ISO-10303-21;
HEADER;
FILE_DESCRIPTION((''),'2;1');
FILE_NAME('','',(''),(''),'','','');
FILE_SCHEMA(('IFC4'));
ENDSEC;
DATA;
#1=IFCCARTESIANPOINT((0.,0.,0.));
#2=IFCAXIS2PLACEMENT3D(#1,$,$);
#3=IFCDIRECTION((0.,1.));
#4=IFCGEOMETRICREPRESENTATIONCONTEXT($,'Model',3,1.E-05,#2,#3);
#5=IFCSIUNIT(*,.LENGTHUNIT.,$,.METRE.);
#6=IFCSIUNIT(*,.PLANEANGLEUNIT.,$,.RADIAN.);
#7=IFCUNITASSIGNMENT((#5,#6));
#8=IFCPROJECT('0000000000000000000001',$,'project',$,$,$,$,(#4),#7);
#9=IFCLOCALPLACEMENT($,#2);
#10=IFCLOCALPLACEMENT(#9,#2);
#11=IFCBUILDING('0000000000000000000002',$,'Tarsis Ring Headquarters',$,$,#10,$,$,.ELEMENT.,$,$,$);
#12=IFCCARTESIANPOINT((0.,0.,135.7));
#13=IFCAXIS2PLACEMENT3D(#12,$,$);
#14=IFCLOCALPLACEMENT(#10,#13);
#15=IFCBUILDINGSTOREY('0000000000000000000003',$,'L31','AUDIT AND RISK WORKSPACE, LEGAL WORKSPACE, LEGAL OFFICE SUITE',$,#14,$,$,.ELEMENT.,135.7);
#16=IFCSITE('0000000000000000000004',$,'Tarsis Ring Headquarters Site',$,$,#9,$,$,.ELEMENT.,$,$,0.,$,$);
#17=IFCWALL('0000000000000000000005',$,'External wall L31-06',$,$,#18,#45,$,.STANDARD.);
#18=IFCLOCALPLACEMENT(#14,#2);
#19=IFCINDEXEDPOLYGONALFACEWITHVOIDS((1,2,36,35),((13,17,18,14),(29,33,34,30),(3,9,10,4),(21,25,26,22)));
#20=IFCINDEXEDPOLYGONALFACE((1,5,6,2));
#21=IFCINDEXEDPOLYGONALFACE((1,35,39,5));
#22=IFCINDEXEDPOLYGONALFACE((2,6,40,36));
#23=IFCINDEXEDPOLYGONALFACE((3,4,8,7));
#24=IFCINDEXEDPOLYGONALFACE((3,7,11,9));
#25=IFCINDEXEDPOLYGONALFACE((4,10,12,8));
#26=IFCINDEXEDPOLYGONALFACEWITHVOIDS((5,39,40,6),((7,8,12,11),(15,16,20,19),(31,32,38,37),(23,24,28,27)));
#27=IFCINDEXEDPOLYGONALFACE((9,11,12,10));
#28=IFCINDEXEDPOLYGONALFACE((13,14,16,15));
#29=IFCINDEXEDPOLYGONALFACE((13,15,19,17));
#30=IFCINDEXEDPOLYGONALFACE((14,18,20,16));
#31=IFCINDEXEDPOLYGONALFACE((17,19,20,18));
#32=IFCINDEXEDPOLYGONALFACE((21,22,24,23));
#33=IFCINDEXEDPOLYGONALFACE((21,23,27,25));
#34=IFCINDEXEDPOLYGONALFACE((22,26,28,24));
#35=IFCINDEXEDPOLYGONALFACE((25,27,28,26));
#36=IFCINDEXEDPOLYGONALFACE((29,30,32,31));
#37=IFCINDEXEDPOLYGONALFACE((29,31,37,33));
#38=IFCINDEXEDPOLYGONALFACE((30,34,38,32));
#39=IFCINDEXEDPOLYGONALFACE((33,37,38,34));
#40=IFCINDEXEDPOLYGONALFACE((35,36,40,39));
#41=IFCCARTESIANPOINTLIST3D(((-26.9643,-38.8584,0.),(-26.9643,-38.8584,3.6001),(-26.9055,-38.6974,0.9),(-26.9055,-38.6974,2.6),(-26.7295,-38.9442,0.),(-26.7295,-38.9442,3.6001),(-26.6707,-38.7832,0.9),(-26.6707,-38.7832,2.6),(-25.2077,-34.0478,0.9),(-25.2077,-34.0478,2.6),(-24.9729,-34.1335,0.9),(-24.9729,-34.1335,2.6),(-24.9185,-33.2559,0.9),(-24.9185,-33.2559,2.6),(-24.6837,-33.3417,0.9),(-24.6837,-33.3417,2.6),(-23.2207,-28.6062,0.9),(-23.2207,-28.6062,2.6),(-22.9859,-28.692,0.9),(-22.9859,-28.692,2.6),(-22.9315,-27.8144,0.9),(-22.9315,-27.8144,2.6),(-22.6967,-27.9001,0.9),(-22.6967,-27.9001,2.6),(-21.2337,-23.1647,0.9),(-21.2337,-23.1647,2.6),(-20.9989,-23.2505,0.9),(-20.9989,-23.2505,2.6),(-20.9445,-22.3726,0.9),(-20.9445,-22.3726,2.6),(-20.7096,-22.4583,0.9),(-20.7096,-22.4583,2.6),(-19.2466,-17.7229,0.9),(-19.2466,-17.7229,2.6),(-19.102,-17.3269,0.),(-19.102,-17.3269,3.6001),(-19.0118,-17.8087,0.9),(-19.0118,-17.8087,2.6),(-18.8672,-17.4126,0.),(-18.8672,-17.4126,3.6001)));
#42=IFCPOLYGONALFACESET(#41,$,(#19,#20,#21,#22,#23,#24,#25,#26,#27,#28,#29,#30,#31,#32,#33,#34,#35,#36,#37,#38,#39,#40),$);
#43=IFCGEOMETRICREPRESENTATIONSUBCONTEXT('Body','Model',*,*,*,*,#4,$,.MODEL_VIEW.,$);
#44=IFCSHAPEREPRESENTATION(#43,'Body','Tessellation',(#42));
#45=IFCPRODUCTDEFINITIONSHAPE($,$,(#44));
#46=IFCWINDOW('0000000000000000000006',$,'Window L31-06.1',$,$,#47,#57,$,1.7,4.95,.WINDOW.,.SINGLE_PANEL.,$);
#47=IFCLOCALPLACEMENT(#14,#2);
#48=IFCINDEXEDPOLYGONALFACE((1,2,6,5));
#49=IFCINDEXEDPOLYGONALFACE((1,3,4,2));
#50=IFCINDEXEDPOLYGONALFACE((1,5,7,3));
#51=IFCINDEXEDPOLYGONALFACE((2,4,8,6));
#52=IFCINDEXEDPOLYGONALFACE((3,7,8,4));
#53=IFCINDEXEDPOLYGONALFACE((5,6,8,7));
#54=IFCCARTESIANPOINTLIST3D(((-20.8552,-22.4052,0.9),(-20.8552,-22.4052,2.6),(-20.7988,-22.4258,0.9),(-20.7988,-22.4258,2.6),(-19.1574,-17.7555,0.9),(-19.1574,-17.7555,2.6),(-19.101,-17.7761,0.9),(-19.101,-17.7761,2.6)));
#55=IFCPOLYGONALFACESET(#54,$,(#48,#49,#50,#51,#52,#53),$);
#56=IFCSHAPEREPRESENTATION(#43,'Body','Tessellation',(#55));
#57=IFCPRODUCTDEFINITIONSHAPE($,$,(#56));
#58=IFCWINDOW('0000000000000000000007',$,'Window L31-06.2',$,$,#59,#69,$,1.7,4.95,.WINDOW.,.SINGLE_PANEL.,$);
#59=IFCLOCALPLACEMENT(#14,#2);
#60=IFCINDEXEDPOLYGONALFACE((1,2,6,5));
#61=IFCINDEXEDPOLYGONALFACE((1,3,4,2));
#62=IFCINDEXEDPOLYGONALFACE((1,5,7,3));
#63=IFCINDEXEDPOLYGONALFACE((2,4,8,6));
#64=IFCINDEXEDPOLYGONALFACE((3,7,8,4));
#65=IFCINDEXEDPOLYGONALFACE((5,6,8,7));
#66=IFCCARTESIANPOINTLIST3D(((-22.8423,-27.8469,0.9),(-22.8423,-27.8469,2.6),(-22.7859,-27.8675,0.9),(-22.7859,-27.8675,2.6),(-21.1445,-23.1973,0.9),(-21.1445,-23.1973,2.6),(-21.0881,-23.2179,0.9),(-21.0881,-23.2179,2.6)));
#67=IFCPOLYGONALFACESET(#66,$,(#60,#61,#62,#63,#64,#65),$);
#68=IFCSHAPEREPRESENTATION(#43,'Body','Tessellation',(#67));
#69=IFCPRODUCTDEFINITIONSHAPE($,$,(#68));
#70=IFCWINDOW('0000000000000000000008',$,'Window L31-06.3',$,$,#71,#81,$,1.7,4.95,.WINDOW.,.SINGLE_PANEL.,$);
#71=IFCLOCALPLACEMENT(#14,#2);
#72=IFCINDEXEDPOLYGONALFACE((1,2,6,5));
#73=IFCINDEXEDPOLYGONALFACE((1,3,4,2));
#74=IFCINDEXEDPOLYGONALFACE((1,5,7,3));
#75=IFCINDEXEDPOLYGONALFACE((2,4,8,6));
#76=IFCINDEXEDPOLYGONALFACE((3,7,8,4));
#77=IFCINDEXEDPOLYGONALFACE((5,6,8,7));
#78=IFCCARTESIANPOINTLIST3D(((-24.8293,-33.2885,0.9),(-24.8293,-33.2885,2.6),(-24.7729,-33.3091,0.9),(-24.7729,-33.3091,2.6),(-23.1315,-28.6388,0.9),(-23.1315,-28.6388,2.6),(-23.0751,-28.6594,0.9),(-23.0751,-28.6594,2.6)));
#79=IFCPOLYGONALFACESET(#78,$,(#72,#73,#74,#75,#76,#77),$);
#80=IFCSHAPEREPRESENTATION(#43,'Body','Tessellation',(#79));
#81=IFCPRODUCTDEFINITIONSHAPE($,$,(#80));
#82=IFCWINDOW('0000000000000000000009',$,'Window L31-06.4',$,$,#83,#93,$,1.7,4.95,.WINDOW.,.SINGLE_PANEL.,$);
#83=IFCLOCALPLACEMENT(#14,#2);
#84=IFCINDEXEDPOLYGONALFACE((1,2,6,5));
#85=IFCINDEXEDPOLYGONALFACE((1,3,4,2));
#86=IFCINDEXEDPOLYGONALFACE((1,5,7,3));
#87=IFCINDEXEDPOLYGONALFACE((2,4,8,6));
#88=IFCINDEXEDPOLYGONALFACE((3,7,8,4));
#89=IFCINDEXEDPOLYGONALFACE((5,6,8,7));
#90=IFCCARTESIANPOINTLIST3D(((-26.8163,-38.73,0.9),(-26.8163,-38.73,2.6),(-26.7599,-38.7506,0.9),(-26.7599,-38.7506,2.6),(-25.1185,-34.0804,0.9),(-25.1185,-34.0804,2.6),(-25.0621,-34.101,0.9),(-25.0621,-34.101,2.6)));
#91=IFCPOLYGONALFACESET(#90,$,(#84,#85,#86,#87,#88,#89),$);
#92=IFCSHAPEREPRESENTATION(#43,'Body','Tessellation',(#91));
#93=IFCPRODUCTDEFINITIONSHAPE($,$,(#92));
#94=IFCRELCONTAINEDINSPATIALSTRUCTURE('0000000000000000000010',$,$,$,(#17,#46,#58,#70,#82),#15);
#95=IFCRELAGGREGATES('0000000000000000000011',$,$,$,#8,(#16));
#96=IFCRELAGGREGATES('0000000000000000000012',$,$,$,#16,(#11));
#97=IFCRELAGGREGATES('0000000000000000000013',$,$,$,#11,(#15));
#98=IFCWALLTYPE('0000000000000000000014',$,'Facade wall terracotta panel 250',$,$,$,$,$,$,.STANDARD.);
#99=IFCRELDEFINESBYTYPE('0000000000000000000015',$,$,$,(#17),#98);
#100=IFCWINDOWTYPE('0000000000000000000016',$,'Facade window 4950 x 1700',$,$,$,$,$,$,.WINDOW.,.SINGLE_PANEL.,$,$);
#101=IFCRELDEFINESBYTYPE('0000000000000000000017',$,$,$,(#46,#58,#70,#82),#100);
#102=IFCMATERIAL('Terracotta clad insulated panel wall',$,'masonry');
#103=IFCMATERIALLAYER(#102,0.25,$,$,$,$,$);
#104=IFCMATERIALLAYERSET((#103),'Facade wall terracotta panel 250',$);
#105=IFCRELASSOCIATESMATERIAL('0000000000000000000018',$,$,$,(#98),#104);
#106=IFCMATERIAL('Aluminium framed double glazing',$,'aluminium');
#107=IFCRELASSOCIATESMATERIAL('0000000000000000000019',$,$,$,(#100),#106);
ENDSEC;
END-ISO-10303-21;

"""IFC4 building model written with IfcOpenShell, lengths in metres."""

from ifc_helpers import new_model, si_unit, direction, frame, frame_2d, origin, place, context, subcontext, project, spatial, rectangle, extrude, material, layer, layer_set, type_object, element, fill, save


model = new_model("IFC4")

# Units and contexts
model_context = context("Model", 3, precision=1e-05, world=origin(), true_north=direction((0.0, 1.0)))
body_context = subcontext(model_context, "Body", "Model", "MODEL_VIEW")
ifc_project = project(units=[si_unit("LENGTHUNIT", "METRE"), si_unit("PLANEANGLEUNIT", "RADIAN")], contexts=[model_context])

# Site, building, storey
site_placement = place(None, origin())
site = spatial("IfcSite", under=ifc_project, at=site_placement, Name="Tarsis Ring Headquarters Site", CompositionType="ELEMENT", RefElevation=0.0)
building_placement = place(site_placement, origin())
building = spatial("IfcBuilding", under=site, at=building_placement, Name="Tarsis Ring Headquarters", CompositionType="ELEMENT")
storey_placement = place(building_placement, frame((0.0, 0.0, 135.7)))
storey = spatial("IfcBuildingStorey", under=building, at=storey_placement, Name="L31", Description="AUDIT AND RISK WORKSPACE, LEGAL WORKSPACE, LEGAL OFFICE SUITE", CompositionType="ELEMENT", Elevation=135.7)

# Shared definitions
ifc_material_1 = material(Name="Terracotta clad insulated panel wall", Category="masonry")
ifc_layer_1 = layer(ifc_material_1, 0.25)
ifc_layer_set_1 = layer_set([ifc_layer_1], Name="Facade wall terracotta panel 250")
wall_type_1 = type_object("IfcWallType", Name="Facade wall terracotta panel 250", PredefinedType="STANDARD", material=ifc_layer_set_1)
ifc_material_2 = material(Name="Aluminium framed double glazing", Category="aluminium")

# Wall, openings, windows
wall_1_placement = place(storey_placement, frame((-18.9846, -17.3699, 0.0), z_axis=(0.0, 0.0, 1.0), x_axis=(-0.343002, -0.939335, 0.0)))
wall_1 = element("IfcWall", 1, at=wall_1_placement, inside=storey, type_object=wall_type_1, Name="External wall L31-06", PredefinedType="STANDARD", context=body_context, shape_type="SweptSolid", body=[
    extrude(rectangle(XDim=22.9221, YDim=0.25, at=frame_2d((11.4609, 0.0))), origin(), (0.0, 0.0, 1.0), 3.6001),
])
opening_1_placement = place(wall_1_placement, frame((0.4214, 0.0, 0.8999)))
opening_1 = element("IfcOpeningElement", 2, at=opening_1_placement, cuts=wall_1, PredefinedType="OPENING", context=body_context, shape_type="SweptSolid", body=[
    extrude(rectangle(XDim=4.95, YDim=1.7, at=frame_2d((2.4751, 0.8501))), frame((0.0, 0.135, 0.0), z_axis=(0.0, -1.0, 0.0), x_axis=(1.0, 0.0, 0.0)), (0.0, 0.0, 1.0), 0.27),
])
opening_2_placement = place(wall_1_placement, frame((6.2146, 0.0, 0.8999)))
opening_2 = element("IfcOpeningElement", 3, at=opening_2_placement, cuts=wall_1, PredefinedType="OPENING", context=body_context, shape_type="SweptSolid", body=[
    extrude(rectangle(XDim=4.95, YDim=1.7, at=frame_2d((2.4751, 0.8501))), frame((0.0, 0.135, 0.0), z_axis=(0.0, -1.0, 0.0), x_axis=(1.0, 0.0, 0.0)), (0.0, 0.0, 1.0), 0.27),
])
opening_3_placement = place(wall_1_placement, frame((12.0076, 0.0, 0.8999)))
opening_3 = element("IfcOpeningElement", 4, at=opening_3_placement, cuts=wall_1, PredefinedType="OPENING", context=body_context, shape_type="SweptSolid", body=[
    extrude(rectangle(XDim=4.95, YDim=1.7, at=frame_2d((2.4751, 0.8501))), frame((0.0, 0.135, 0.0), z_axis=(0.0, -1.0, 0.0), x_axis=(1.0, 0.0, 0.0)), (0.0, 0.0, 1.0), 0.27),
])
opening_4_placement = place(wall_1_placement, frame((17.8005, 0.0, 0.8999)))
opening_4 = element("IfcOpeningElement", 5, at=opening_4_placement, cuts=wall_1, PredefinedType="OPENING", context=body_context, shape_type="SweptSolid", body=[
    extrude(rectangle(XDim=4.95, YDim=1.7, at=frame_2d((2.4751, 0.8501))), frame((0.0, 0.135, 0.0), z_axis=(0.0, -1.0, 0.0), x_axis=(1.0, 0.0, 0.0)), (0.0, 0.0, 1.0), 0.27),
])
window_type_1 = type_object("IfcWindowType", Name="Facade window 4950 x 1700", PartitioningType="SINGLE_PANEL", PredefinedType="WINDOW", material=ifc_material_2)
window_1_placement = place(opening_1_placement, origin())
window_1 = element("IfcWindow", 6, at=window_1_placement, inside=storey, type_object=window_type_1, Name="Window L31-06.1", OverallHeight=1.7, OverallWidth=4.95, PartitioningType="SINGLE_PANEL", PredefinedType="WINDOW", context=body_context, shape_type="SweptSolid", body=[
    extrude(rectangle(XDim=4.95, YDim=1.7, at=frame_2d((2.4751, 0.8501))), frame((0.0, 0.03, 0.0), z_axis=(0.0, -1.0, 0.0), x_axis=(1.0, 0.0, 0.0)), (0.0, 0.0, 1.0), 0.0601),
])
fill(opening_1, window_1)
window_2_placement = place(opening_2_placement, origin())
window_2 = element("IfcWindow", 7, at=window_2_placement, inside=storey, type_object=window_type_1, Name="Window L31-06.2", OverallHeight=1.7, OverallWidth=4.95, PartitioningType="SINGLE_PANEL", PredefinedType="WINDOW", context=body_context, shape_type="SweptSolid", body=[
    extrude(rectangle(XDim=4.95, YDim=1.7, at=frame_2d((2.4751, 0.8501))), frame((0.0, 0.03, 0.0), z_axis=(0.0, -1.0, 0.0), x_axis=(1.0, 0.0, 0.0)), (0.0, 0.0, 1.0), 0.0601),
])
fill(opening_2, window_2)
window_3_placement = place(opening_3_placement, origin())
window_3 = element("IfcWindow", 8, at=window_3_placement, inside=storey, type_object=window_type_1, Name="Window L31-06.3", OverallHeight=1.7, OverallWidth=4.95, PartitioningType="SINGLE_PANEL", PredefinedType="WINDOW", context=body_context, shape_type="SweptSolid", body=[
    extrude(rectangle(XDim=4.95, YDim=1.7, at=frame_2d((2.4751, 0.8501))), frame((0.0, 0.03, 0.0), z_axis=(0.0, -1.0, 0.0), x_axis=(1.0, 0.0, 0.0)), (0.0, 0.0, 1.0), 0.0601),
])
fill(opening_3, window_3)
window_4_placement = place(opening_4_placement, origin())
window_4 = element("IfcWindow", 9, at=window_4_placement, inside=storey, type_object=window_type_1, Name="Window L31-06.4", OverallHeight=1.7, OverallWidth=4.95, PartitioningType="SINGLE_PANEL", PredefinedType="WINDOW", context=body_context, shape_type="SweptSolid", body=[
    extrude(rectangle(XDim=4.95, YDim=1.7, at=frame_2d((2.4751, 0.8501))), frame((0.0, 0.03, 0.0), z_axis=(0.0, -1.0, 0.0), x_axis=(1.0, 0.0, 0.0)), (0.0, 0.0, 1.0), 0.0601),
])
fill(opening_4, window_4)

save(model, "model.ifc")
